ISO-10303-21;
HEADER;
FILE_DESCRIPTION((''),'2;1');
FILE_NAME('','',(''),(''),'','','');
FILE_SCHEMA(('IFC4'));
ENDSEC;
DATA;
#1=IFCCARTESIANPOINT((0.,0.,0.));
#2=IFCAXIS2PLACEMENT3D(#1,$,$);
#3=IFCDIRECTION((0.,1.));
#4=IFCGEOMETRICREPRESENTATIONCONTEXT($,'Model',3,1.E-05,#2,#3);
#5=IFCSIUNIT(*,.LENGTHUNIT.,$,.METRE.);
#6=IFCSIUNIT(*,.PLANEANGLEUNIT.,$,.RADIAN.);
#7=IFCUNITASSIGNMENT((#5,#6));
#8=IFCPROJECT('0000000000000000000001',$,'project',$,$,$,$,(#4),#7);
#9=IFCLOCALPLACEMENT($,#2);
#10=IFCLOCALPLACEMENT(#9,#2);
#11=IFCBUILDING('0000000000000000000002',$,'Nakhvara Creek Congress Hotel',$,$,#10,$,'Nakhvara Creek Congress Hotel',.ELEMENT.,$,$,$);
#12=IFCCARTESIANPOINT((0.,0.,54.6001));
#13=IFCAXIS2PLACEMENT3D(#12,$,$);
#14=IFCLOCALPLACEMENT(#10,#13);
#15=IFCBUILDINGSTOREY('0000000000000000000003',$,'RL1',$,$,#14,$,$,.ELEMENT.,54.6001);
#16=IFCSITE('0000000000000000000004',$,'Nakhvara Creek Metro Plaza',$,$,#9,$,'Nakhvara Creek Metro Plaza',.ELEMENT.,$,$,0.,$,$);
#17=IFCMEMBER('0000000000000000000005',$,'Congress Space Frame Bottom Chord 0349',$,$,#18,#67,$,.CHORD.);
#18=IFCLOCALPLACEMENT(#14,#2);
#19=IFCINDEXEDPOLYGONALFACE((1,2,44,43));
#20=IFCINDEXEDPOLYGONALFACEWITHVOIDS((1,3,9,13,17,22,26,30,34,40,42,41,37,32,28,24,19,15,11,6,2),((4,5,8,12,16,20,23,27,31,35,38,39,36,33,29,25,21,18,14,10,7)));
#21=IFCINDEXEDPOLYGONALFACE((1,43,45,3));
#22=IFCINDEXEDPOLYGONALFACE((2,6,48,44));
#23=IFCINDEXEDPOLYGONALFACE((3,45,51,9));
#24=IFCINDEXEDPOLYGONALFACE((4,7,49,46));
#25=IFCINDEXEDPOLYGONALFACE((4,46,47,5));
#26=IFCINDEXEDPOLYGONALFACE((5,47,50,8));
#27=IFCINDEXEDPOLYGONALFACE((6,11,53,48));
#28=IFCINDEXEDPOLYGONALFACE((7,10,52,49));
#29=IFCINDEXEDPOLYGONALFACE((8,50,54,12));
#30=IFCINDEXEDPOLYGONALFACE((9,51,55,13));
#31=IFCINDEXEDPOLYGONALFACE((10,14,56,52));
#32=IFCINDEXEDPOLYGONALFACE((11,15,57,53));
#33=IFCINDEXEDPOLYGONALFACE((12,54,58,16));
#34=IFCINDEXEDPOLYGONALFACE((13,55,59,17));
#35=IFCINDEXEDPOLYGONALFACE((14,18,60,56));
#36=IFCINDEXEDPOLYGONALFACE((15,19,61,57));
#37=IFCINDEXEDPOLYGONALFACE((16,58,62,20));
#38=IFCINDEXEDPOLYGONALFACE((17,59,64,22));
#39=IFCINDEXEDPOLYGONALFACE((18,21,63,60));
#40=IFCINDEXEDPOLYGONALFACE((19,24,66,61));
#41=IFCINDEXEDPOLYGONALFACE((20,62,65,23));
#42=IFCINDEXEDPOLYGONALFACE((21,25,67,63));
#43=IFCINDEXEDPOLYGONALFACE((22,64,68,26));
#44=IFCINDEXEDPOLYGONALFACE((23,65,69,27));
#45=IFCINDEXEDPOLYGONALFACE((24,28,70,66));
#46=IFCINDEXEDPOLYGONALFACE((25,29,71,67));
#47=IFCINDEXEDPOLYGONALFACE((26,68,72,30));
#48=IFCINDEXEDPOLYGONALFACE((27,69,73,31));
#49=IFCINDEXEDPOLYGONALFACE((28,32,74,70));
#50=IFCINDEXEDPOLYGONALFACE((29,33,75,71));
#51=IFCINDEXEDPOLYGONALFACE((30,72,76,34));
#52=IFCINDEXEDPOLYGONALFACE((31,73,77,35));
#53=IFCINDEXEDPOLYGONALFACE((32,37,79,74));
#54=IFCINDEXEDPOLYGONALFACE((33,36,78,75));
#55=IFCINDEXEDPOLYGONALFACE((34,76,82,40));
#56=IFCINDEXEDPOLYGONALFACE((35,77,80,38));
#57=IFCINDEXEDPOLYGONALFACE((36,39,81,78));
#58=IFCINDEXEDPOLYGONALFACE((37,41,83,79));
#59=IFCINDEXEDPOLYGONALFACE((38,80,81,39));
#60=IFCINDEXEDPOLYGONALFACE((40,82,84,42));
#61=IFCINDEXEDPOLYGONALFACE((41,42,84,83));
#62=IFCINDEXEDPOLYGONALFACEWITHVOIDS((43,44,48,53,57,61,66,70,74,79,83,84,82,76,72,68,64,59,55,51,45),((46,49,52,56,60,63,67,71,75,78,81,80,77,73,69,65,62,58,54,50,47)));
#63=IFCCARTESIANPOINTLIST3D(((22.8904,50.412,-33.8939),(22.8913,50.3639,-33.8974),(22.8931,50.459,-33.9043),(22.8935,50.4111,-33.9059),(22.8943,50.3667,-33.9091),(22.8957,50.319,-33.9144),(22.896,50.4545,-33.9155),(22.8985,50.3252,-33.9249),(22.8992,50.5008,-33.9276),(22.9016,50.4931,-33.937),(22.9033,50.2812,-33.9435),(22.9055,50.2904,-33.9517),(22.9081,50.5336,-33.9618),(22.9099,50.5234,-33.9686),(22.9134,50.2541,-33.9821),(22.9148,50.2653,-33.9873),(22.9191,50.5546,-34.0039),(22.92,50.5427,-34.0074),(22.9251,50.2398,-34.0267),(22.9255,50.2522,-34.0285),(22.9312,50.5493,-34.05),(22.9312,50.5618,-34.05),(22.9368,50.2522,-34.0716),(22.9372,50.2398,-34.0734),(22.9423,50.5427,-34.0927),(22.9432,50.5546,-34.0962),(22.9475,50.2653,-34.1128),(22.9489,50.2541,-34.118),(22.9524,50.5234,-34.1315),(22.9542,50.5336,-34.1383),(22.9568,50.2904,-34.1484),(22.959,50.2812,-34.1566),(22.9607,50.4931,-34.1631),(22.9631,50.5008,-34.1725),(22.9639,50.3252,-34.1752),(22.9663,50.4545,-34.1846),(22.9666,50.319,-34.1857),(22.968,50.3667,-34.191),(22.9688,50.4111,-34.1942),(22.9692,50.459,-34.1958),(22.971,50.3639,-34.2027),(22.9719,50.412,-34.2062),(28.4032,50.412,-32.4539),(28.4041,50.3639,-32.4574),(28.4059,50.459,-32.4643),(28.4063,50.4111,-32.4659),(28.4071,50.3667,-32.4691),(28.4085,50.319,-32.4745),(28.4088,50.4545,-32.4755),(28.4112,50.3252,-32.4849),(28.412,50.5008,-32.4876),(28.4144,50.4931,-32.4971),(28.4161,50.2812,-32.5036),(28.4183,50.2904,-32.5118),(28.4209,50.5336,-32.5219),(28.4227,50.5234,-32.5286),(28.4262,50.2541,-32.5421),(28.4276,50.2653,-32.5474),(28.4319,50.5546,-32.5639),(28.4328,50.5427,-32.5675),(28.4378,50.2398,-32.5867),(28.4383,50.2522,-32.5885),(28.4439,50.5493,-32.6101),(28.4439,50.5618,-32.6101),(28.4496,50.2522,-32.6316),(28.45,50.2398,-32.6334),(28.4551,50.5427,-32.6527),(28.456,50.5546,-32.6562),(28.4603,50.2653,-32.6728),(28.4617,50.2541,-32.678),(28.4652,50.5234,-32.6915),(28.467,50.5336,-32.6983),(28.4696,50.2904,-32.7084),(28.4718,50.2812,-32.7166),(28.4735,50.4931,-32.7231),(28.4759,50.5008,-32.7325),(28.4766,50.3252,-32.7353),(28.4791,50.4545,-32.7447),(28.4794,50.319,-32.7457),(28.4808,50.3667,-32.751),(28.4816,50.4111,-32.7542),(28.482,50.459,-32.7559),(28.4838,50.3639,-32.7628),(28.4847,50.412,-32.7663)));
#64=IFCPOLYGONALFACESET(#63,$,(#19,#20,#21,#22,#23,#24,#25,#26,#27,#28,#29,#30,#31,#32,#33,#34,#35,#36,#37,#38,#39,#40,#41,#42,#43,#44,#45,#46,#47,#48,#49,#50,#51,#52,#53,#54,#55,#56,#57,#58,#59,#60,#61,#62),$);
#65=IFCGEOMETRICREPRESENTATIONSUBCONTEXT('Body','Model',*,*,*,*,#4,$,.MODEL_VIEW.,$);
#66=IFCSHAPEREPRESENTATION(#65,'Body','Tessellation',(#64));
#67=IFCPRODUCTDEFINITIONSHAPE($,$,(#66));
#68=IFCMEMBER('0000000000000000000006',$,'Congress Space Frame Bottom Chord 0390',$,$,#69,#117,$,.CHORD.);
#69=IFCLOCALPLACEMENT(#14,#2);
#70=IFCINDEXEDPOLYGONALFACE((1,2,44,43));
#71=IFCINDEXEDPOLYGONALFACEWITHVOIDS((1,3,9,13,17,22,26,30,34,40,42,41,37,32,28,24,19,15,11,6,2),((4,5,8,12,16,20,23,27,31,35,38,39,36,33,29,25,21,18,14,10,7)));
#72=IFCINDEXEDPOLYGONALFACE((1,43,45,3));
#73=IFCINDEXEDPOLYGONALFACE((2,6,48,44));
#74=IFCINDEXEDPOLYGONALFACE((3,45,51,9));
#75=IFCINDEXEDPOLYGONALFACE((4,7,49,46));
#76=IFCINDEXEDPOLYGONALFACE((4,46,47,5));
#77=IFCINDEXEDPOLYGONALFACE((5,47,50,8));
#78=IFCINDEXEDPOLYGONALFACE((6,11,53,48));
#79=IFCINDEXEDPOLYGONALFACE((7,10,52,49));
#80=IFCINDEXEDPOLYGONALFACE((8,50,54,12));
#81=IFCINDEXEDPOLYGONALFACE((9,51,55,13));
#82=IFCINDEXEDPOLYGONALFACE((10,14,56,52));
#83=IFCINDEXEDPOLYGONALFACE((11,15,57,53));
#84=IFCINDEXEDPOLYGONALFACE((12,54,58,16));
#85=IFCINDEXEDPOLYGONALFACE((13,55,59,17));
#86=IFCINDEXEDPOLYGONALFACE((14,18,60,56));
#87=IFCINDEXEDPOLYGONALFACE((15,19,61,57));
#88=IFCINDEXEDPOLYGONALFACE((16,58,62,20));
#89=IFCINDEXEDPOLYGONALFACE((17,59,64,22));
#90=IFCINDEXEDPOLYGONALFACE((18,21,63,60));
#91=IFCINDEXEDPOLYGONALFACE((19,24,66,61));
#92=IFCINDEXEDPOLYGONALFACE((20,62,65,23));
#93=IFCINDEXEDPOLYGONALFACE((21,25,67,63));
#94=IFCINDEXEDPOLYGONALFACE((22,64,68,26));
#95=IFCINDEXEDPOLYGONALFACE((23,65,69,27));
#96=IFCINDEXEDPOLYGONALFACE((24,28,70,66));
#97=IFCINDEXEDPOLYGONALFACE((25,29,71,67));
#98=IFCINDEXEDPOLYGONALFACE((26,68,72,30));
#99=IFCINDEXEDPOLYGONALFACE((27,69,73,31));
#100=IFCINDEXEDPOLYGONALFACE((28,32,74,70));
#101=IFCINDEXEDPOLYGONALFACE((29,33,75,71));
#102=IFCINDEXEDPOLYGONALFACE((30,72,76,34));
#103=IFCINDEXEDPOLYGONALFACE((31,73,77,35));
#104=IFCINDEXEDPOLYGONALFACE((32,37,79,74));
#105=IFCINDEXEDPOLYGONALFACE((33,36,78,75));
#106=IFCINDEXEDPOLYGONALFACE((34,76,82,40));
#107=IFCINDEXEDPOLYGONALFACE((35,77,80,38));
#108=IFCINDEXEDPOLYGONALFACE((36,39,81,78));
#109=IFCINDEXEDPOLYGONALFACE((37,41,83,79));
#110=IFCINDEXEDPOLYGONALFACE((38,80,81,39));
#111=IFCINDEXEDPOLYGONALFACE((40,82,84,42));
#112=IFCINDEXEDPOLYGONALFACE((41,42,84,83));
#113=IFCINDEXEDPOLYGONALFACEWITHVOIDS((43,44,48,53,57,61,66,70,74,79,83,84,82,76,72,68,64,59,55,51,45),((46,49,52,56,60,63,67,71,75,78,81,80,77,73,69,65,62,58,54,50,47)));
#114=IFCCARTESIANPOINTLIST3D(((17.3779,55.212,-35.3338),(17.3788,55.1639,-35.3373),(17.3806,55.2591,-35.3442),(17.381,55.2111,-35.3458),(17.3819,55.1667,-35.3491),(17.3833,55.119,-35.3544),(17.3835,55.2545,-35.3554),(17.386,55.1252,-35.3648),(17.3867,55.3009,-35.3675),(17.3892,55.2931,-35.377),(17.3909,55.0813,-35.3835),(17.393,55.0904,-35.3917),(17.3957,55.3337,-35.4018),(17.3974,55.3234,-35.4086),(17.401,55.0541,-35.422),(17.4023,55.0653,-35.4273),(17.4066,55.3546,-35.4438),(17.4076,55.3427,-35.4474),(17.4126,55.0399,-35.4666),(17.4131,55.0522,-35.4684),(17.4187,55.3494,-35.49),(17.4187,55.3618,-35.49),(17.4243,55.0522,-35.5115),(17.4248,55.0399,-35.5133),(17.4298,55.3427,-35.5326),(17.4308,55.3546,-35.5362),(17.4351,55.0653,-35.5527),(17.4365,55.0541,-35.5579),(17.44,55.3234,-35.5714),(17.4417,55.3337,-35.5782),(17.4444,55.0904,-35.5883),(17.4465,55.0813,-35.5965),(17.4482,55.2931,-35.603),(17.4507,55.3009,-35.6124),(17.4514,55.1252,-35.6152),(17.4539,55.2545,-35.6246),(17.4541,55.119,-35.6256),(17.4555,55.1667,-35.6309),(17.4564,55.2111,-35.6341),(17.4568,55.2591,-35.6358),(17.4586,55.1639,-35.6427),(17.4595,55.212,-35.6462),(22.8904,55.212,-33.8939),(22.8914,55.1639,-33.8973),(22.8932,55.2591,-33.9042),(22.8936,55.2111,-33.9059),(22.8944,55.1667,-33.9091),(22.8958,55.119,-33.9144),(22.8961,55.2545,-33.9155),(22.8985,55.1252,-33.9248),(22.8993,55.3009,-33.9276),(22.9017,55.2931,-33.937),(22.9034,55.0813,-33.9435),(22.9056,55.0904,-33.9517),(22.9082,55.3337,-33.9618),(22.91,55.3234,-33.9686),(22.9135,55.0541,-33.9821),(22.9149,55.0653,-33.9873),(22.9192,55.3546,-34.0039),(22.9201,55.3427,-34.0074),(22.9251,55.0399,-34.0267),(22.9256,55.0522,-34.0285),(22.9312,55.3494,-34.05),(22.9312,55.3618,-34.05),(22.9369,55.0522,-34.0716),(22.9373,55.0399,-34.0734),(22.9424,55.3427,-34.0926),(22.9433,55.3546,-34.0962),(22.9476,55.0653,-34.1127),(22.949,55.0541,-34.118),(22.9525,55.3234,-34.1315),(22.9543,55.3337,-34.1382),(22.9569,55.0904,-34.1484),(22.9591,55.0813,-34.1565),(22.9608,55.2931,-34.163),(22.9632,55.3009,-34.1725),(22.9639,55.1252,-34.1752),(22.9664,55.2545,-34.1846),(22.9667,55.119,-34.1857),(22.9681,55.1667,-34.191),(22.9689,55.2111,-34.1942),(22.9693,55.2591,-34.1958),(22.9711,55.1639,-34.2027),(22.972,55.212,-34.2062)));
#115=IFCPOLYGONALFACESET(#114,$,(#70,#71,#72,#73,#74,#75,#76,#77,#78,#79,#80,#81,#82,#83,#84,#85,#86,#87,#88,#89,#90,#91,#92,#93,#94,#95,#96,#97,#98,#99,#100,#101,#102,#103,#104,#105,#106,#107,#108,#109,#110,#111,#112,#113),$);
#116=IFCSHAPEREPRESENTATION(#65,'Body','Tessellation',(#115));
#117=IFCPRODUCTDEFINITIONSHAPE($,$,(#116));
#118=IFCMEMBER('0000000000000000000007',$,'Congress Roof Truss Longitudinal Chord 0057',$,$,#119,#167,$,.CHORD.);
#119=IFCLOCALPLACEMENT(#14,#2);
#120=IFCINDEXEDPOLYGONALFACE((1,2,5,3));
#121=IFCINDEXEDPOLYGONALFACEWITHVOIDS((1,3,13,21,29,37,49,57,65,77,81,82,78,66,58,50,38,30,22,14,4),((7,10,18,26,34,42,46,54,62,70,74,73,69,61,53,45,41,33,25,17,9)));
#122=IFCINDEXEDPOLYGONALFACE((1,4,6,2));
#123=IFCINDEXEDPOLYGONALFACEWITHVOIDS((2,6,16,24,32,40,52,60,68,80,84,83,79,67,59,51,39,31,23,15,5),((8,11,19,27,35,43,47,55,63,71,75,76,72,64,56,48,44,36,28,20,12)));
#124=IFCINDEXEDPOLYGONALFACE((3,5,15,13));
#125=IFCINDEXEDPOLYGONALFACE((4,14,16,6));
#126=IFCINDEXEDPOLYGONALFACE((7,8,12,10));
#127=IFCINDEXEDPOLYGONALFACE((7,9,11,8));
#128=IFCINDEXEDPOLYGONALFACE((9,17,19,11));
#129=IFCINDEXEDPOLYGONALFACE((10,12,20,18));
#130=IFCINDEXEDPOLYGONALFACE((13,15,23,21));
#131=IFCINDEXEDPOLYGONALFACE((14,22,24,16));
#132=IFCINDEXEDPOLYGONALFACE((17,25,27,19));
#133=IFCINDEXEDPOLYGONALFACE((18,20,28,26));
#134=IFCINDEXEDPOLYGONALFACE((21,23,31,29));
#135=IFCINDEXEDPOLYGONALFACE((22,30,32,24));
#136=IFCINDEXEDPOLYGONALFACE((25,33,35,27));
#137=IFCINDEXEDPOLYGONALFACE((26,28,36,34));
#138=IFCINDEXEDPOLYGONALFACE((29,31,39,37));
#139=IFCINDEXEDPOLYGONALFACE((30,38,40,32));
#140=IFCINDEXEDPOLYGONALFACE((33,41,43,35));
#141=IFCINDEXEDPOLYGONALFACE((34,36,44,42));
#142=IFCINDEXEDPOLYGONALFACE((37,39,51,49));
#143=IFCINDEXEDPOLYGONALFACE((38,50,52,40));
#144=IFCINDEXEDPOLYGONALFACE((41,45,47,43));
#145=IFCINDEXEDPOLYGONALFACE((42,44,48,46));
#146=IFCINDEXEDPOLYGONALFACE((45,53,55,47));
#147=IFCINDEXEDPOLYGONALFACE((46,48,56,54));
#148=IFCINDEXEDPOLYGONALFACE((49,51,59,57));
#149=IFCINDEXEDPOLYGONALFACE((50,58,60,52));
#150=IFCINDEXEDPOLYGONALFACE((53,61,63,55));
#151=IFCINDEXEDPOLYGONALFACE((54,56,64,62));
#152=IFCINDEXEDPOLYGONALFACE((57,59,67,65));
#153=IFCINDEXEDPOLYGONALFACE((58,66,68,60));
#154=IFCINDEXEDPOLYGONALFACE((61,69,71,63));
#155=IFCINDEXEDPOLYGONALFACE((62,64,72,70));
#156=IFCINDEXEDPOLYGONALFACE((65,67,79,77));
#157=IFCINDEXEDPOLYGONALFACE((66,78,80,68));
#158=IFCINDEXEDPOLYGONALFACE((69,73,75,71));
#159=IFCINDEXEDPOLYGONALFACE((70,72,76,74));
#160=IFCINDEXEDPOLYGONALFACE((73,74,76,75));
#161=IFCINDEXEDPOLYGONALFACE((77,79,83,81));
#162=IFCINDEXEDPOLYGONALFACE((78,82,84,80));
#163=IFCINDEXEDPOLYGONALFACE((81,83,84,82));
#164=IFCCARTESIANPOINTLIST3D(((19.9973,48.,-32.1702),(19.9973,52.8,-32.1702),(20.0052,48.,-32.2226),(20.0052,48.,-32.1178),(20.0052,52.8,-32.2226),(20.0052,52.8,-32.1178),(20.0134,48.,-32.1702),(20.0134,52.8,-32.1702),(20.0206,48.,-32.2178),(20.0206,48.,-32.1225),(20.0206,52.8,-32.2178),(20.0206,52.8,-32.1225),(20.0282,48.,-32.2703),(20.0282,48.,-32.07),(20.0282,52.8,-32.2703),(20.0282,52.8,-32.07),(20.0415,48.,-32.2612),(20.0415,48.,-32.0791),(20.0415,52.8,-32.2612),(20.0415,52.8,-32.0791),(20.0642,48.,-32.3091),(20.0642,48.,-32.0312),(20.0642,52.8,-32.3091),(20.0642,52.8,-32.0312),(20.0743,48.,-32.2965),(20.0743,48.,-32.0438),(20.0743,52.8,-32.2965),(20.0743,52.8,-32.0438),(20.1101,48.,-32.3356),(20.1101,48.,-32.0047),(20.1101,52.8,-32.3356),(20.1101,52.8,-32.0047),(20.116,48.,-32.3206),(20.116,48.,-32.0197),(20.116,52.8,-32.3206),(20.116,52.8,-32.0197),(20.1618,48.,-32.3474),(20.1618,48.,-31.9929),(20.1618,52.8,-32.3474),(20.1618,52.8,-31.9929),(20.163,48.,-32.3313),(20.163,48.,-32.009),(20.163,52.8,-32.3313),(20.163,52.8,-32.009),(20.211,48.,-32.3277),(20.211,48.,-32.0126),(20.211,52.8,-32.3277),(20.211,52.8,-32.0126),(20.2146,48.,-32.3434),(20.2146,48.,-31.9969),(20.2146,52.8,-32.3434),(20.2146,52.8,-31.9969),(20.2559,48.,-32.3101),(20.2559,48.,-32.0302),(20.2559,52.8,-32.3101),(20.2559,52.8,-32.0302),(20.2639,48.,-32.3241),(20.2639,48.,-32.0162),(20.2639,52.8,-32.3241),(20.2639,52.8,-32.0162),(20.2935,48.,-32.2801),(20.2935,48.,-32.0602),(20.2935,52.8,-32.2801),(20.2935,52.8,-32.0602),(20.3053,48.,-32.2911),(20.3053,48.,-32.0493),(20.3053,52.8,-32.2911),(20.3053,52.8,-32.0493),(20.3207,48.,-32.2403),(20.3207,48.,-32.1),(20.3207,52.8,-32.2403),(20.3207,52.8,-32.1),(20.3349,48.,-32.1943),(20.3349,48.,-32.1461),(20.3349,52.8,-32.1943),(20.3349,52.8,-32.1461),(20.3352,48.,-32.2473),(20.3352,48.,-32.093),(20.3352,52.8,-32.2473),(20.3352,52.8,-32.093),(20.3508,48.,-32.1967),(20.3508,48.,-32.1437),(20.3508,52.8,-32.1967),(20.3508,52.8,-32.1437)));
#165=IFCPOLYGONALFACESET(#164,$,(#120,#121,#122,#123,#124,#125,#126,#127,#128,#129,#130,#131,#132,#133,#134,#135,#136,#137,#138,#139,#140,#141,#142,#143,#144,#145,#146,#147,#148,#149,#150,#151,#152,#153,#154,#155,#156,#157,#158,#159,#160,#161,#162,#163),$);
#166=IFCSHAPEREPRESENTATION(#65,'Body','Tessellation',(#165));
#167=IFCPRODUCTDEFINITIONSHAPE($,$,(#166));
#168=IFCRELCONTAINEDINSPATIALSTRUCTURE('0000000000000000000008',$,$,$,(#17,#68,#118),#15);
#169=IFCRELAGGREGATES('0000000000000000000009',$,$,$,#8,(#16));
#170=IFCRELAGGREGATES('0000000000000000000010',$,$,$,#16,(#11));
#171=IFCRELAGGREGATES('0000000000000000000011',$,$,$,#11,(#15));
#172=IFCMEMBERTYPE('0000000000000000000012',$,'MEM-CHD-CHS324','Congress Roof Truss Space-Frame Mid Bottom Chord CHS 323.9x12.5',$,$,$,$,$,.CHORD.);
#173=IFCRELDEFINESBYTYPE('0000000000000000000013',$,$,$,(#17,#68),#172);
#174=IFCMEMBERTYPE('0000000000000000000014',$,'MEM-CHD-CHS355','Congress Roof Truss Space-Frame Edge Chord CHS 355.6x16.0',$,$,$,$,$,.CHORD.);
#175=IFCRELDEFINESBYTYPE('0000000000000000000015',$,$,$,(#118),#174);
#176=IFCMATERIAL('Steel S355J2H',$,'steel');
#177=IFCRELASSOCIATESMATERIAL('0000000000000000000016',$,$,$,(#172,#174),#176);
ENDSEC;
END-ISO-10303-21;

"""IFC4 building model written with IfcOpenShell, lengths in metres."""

from ifc_helpers import new_model, si_unit, direction, frame, origin, origin_2d, place, context, subcontext, project, spatial, hollow_circle, extrude, material, material_profile, profile_set, type_object, element, save


model = new_model("IFC4")

# Units and contexts
model_context = context("Model", 3, precision=1e-05, world=origin(), true_north=direction((0.0, 1.0)))
body_context = subcontext(model_context, "Body", "Model", "MODEL_VIEW")
ifc_project = project(units=[si_unit("LENGTHUNIT", "METRE"), si_unit("PLANEANGLEUNIT", "RADIAN")], contexts=[model_context])

# Site, building, storey
site_placement = place(None, origin())
site = spatial("IfcSite", under=ifc_project, at=site_placement, Name="Nakhvara Creek Metro Plaza", LongName="Nakhvara Creek Metro Plaza", CompositionType="ELEMENT", RefElevation=0.0)
building_placement = place(site_placement, origin())
building = spatial("IfcBuilding", under=site, at=building_placement, Name="Nakhvara Creek Congress Hotel", LongName="Nakhvara Creek Congress Hotel", CompositionType="ELEMENT")
storey_placement = place(building_placement, frame((0.0, 0.0, 54.6001)))
storey = spatial("IfcBuildingStorey", under=building, at=storey_placement, Name="RL1", CompositionType="ELEMENT", Elevation=54.6001)

# Members
ifc_material_1 = material(Name="Steel S355J2H", Category="steel")
ifc_material_profile_1 = material_profile(ifc_material_1, hollow_circle(Radius=0.1619, WallThickness=0.0125, at=origin_2d()), Name="CHS 323.9x12.5", Category="LoadBearing")
ifc_profile_set_1 = profile_set([ifc_material_profile_1], Name="Steel S355J2H")
member_type_1 = type_object("IfcMemberType", Name="MEM-CHD-CHS324", Description="Congress Roof Truss Space-Frame Mid Bottom Chord CHS 323.9x12.5", PredefinedType="CHORD", material=ifc_profile_set_1)
member_1_placement = place(storey_placement, frame((22.9312, 50.3999, -34.05), z_axis=(0.967538, 0.0, 0.252725), x_axis=(0.0, 1.0, 0.0)))
element("IfcMember", 1, at=member_1_placement, inside=storey, type_object=member_type_1, Name="Congress Space Frame Bottom Chord 0349", PredefinedType="CHORD", context=body_context, shape_type="SweptSolid", body=[
    extrude(hollow_circle(Radius=0.1619, WallThickness=0.0125, at=origin_2d()), origin(), (0.0, 0.0, 1.0), 5.6978),
])
member_2_placement = place(storey_placement, frame((17.4187, 55.2, -35.49), z_axis=(0.967535, 0.0, 0.252736), x_axis=(0.0, 1.0, 0.0)))
element("IfcMember", 2, at=member_2_placement, inside=storey, type_object=member_type_1, Name="Congress Space Frame Bottom Chord 0390", PredefinedType="CHORD", context=body_context, shape_type="SweptSolid", body=[
    extrude(hollow_circle(Radius=0.1619, WallThickness=0.0125, at=origin_2d()), origin(), (0.0, 0.0, 1.0), 5.6975),
])
ifc_material_profile_2 = material_profile(ifc_material_1, hollow_circle(Radius=0.1777, WallThickness=0.0161, at=origin_2d()), Name="CHS 355.6x16.0", Category="LoadBearing")
ifc_profile_set_2 = profile_set([ifc_material_profile_2], Name="Steel S355J2H")
member_type_2 = type_object("IfcMemberType", Name="MEM-CHD-CHS355", Description="Congress Roof Truss Space-Frame Edge Chord CHS 355.6x16.0", PredefinedType="CHORD", material=ifc_profile_set_2)
for number, where, z_axis, x_axis, name in (
    (3, (20.175, 48.0, -32.1702), (0.0, 1.0, 0.0), (-1.0, 0.0, 0.0), "Congress Roof Truss Longitudinal Chord 0057"),
):
    element("IfcMember", number, at=place(storey_placement, frame(where, z_axis=z_axis, x_axis=x_axis)), inside=storey, type_object=member_type_2, Name=name, PredefinedType="CHORD", context=body_context, shape_type="SweptSolid", body=[
        extrude(hollow_circle(Radius=0.1777, WallThickness=0.0161, at=origin_2d()), origin(), (0.0, 0.0, 1.0), 4.8),
    ])

save(model, "model.ifc")
